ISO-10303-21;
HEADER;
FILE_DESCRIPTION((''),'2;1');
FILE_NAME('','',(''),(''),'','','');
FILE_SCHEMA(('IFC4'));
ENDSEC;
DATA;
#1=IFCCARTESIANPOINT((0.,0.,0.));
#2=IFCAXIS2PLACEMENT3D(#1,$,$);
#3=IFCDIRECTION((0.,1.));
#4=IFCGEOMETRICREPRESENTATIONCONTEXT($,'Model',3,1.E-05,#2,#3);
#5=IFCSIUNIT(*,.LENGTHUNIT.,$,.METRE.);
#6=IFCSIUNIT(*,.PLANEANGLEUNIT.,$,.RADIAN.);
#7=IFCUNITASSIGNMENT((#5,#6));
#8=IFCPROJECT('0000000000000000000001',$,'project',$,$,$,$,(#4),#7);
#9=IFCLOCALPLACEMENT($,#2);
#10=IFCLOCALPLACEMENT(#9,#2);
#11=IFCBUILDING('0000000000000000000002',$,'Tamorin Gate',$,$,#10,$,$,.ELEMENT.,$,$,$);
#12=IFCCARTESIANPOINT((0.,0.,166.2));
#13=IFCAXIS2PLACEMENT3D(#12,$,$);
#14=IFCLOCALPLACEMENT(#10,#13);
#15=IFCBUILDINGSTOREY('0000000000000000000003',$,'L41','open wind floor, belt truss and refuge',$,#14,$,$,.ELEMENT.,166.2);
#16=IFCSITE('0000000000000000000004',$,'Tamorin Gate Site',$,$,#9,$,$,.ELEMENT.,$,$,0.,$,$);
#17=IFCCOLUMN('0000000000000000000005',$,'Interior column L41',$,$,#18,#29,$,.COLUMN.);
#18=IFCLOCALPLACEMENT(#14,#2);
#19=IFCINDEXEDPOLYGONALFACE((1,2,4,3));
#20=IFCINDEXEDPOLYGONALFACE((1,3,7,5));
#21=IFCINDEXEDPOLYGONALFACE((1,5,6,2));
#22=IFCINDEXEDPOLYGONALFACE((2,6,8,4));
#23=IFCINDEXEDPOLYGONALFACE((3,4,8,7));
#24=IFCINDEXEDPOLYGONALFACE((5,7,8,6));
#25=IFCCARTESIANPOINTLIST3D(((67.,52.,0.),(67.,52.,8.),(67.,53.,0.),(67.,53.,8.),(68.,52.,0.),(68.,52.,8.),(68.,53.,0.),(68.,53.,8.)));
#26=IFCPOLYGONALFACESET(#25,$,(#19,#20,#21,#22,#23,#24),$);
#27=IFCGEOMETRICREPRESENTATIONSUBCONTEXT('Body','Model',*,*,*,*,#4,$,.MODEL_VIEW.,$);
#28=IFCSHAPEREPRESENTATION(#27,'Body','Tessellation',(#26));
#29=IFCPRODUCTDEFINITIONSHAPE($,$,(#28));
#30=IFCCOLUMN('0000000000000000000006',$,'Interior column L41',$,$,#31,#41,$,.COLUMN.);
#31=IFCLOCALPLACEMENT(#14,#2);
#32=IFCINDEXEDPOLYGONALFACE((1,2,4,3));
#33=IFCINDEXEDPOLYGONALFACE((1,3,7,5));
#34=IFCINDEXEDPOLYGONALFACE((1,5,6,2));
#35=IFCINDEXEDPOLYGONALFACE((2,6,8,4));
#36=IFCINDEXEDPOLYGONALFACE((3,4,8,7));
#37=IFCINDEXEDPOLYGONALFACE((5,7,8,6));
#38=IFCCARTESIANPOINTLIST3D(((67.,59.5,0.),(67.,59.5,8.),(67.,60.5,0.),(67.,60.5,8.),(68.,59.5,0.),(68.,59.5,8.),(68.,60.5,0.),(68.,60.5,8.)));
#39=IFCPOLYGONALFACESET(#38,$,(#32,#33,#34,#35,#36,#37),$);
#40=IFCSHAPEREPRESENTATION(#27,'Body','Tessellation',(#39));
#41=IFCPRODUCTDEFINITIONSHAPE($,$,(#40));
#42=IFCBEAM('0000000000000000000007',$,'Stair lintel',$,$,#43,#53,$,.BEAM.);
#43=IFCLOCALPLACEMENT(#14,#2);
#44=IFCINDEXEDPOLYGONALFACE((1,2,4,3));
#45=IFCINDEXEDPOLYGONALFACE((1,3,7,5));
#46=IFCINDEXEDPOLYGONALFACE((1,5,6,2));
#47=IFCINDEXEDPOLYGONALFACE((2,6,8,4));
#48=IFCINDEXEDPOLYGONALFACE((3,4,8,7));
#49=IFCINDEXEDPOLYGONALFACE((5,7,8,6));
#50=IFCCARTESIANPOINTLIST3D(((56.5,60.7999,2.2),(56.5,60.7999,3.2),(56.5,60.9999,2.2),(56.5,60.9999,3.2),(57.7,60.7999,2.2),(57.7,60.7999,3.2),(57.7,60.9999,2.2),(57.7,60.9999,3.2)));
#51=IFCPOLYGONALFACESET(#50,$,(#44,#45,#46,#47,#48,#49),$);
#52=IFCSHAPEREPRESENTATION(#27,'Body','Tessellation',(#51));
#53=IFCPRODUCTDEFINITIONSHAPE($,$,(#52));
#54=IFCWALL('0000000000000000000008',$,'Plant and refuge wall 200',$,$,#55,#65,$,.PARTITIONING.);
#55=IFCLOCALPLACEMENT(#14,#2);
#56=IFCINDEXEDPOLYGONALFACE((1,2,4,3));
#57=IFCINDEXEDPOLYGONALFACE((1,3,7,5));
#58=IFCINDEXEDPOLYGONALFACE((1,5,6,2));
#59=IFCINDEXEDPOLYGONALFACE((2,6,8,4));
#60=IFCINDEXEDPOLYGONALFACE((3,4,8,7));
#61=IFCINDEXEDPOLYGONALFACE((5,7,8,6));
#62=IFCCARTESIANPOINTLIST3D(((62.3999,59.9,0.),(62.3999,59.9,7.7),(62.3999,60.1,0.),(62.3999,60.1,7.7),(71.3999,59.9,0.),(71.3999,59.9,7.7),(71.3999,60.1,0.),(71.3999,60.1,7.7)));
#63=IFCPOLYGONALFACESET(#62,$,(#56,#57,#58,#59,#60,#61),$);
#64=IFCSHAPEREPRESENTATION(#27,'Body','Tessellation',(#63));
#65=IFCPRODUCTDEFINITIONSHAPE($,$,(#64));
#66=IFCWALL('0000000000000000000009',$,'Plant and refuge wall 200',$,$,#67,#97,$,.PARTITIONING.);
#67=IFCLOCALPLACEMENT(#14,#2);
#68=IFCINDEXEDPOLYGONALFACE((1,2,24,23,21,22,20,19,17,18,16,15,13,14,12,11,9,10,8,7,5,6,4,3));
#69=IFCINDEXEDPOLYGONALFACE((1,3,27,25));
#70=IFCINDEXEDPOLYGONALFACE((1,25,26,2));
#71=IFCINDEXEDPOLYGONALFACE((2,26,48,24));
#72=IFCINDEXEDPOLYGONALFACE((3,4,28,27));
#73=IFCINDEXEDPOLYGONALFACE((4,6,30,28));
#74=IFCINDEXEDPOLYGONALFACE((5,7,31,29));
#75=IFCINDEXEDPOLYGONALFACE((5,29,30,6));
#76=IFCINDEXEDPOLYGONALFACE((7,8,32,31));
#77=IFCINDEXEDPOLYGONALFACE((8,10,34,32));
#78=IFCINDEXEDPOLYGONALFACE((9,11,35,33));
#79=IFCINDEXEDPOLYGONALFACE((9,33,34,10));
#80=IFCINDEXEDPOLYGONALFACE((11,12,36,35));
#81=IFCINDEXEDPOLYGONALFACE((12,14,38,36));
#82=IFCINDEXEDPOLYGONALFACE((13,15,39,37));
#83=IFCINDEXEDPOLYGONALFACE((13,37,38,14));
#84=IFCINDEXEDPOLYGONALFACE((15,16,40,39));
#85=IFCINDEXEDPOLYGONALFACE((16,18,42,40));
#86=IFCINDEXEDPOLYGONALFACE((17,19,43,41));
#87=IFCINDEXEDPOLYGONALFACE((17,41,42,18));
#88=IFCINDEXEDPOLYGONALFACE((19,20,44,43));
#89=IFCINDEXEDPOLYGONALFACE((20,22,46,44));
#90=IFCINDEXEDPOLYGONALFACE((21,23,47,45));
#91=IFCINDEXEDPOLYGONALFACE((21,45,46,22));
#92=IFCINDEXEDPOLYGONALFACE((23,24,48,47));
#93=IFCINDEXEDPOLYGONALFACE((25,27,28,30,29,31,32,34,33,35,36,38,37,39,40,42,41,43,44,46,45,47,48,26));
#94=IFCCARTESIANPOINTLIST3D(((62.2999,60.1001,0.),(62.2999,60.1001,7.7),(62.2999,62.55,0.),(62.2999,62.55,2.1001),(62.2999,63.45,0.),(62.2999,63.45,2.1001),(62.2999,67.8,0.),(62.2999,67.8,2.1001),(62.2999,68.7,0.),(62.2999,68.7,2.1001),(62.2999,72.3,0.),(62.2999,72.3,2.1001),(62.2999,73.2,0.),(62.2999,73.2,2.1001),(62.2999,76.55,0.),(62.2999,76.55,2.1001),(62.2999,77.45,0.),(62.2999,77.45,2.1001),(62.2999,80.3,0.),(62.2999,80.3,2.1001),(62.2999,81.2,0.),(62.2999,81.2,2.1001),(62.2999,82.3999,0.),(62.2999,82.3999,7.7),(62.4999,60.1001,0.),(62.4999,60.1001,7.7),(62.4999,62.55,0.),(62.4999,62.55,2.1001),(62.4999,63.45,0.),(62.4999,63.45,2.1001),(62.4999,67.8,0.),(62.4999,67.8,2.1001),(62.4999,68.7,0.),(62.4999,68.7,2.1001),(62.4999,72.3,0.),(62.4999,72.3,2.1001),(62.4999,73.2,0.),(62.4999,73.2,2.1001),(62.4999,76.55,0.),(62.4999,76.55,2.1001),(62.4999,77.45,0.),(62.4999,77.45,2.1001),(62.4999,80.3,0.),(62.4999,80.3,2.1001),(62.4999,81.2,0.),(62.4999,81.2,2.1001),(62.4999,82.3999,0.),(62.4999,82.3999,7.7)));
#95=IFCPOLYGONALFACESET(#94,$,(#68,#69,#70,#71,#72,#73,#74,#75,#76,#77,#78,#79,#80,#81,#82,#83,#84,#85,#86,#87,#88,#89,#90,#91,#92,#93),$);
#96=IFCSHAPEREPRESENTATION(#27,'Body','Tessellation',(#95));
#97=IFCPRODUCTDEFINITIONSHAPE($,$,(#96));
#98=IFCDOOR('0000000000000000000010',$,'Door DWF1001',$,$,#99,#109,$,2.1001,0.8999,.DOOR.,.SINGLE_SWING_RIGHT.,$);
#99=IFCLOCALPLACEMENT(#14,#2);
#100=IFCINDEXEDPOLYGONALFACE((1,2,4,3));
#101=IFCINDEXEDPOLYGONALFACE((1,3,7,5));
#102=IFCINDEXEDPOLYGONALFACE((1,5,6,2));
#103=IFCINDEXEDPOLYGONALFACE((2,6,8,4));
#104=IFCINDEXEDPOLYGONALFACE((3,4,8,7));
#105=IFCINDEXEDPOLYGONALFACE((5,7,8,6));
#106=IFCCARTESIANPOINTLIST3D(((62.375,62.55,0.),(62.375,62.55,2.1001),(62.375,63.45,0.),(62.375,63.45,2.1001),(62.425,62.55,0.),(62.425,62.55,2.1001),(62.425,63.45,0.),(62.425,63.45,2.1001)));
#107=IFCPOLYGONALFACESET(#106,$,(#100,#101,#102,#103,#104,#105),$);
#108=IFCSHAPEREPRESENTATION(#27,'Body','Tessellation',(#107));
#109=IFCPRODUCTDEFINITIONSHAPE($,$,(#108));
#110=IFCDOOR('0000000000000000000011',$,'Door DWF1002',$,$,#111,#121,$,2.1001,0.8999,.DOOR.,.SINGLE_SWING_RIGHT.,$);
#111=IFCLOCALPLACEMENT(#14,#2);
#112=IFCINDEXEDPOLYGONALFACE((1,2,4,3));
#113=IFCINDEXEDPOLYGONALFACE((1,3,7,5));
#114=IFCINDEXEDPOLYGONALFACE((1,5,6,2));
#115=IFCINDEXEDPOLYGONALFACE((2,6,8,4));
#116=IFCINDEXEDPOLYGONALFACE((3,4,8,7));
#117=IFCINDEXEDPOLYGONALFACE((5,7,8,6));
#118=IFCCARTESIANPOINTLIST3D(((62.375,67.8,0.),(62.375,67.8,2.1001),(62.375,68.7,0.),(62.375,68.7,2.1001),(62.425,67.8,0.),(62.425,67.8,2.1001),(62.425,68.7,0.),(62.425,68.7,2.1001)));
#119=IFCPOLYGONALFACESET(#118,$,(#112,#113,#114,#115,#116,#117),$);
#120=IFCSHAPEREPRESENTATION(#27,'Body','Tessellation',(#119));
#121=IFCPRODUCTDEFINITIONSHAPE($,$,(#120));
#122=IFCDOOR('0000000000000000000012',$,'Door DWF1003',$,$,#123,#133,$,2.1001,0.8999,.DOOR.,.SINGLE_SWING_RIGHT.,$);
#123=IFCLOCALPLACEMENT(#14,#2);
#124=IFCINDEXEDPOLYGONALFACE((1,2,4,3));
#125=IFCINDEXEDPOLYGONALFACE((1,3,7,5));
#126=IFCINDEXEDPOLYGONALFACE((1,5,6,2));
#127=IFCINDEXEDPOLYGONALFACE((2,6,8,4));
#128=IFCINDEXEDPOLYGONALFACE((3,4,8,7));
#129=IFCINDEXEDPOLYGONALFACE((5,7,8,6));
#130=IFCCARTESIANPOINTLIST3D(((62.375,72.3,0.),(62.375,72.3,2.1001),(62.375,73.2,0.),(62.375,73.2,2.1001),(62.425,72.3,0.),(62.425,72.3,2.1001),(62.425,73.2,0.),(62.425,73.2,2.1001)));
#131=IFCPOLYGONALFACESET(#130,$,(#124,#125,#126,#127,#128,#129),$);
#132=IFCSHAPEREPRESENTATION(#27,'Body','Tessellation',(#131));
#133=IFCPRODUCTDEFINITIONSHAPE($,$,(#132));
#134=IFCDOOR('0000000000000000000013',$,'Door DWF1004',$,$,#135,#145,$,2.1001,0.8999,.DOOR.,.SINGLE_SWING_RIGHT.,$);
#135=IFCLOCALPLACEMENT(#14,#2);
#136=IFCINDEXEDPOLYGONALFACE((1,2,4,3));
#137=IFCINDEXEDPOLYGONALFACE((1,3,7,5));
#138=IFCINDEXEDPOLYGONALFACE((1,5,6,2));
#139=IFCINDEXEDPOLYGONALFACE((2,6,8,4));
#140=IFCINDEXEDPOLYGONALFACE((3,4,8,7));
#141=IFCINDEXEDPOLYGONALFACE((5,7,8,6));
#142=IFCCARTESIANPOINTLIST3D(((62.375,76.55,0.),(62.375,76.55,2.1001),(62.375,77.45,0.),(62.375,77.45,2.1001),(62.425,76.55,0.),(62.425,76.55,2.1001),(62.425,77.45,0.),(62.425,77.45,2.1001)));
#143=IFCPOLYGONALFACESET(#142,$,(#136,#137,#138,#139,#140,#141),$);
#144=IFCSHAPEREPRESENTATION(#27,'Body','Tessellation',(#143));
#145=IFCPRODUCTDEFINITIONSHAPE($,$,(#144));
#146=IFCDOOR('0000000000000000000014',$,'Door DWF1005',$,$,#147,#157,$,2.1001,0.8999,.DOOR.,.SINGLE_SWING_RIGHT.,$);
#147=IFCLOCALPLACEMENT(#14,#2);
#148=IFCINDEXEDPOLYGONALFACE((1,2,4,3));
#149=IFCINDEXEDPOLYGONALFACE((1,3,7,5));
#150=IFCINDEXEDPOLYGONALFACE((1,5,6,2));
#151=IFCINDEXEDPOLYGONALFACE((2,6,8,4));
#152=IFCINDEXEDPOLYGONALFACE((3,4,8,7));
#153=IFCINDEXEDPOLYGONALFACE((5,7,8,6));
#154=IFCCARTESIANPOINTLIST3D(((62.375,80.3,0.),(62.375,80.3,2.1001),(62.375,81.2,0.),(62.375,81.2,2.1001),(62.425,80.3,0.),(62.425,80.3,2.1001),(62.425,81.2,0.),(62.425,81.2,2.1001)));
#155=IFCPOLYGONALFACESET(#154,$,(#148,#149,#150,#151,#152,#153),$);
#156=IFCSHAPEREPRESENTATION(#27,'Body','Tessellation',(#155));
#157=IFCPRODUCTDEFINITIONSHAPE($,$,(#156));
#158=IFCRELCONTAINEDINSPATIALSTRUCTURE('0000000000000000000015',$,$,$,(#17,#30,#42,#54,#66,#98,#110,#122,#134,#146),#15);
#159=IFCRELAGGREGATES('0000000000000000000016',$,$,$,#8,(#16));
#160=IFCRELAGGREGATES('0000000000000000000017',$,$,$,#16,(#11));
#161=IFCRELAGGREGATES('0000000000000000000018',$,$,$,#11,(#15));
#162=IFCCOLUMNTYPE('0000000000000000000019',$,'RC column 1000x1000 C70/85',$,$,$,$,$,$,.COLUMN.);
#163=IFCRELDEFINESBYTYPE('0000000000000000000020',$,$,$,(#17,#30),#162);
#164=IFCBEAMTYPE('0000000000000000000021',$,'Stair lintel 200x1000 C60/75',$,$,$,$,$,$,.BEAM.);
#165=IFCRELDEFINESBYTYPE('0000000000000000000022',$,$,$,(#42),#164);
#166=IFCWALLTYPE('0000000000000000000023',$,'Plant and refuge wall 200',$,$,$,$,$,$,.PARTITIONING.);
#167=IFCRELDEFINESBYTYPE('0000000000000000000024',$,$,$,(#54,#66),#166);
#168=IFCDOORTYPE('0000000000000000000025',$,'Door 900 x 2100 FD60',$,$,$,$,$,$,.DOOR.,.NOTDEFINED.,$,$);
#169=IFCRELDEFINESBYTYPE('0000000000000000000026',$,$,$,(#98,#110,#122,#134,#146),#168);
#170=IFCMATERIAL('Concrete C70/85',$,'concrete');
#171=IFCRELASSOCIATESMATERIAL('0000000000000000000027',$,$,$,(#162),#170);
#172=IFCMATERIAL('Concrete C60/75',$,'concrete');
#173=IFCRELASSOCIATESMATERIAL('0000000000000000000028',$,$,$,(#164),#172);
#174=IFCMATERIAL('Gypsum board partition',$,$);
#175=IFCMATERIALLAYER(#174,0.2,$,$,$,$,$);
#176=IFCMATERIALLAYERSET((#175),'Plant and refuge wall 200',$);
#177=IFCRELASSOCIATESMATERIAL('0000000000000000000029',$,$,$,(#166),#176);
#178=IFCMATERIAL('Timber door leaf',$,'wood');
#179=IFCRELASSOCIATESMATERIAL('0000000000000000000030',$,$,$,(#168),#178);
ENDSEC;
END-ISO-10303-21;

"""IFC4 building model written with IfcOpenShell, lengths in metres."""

from ifc_helpers import new_model, si_unit, direction, frame, frame_2d, origin, origin_2d, place, context, subcontext, project, spatial, rectangle, extrude, material, layer, layer_set, material_profile, profile_set, type_object, element, fill, save


model = new_model("IFC4")

# Units and contexts
model_context = context("Model", 3, precision=1e-05, world=origin(), true_north=direction((0.0, 1.0)))
body_context = subcontext(model_context, "Body", "Model", "MODEL_VIEW")
ifc_project = project(units=[si_unit("LENGTHUNIT", "METRE"), si_unit("PLANEANGLEUNIT", "RADIAN")], contexts=[model_context])

# Site, building, storey
site_placement = place(None, origin())
site = spatial("IfcSite", under=ifc_project, at=site_placement, Name="Tamorin Gate Site", CompositionType="ELEMENT", RefElevation=0.0)
building_placement = place(site_placement, origin())
building = spatial("IfcBuilding", under=site, at=building_placement, Name="Tamorin Gate", CompositionType="ELEMENT")
storey_placement = place(building_placement, frame((0.0, 0.0, 166.2)))
storey = spatial("IfcBuildingStorey", under=building, at=storey_placement, Name="L41", Description="open wind floor, belt truss and refuge", CompositionType="ELEMENT", Elevation=166.2)

# Columns
ifc_material_1 = material(Name="Concrete C70/85", Category="concrete")
ifc_material_profile_1 = material_profile(ifc_material_1, rectangle(XDim=1.0, YDim=1.0, at=origin_2d()), Name="RC 1000x1000")
ifc_profile_set_1 = profile_set([ifc_material_profile_1], Name="Concrete C70/85")
column_type = type_object("IfcColumnType", Name="RC column 1000x1000 C70/85", PredefinedType="COLUMN", material=ifc_profile_set_1)
for number, where, z_axis, x_axis, name in (
    (1, (67.5, 52.5, 0.0), (0.0, 0.0, 1.0), (1.0, 0.0, 0.0), "Interior column L41"),
    (2, (67.5, 60.0, 0.0), (0.0, 0.0, 1.0), (1.0, 0.0, 0.0), "Interior column L41"),
):
    element("IfcColumn", number, at=place(storey_placement, frame(where, z_axis=z_axis, x_axis=x_axis)), inside=storey, type_object=column_type, Name=name, PredefinedType="COLUMN", context=body_context, shape_type="SweptSolid", body=[
        extrude(rectangle(XDim=1.0, YDim=1.0, at=origin_2d()), origin(), (0.0, 0.0, 1.0), 8.0),
    ])

# Beam
ifc_material_2 = material(Name="Concrete C60/75", Category="concrete")
ifc_material_profile_2 = material_profile(ifc_material_2, rectangle(XDim=0.2, YDim=1.0, at=origin_2d()))
ifc_profile_set_2 = profile_set([ifc_material_profile_2], Name="Concrete C60/75")
beam_type = type_object("IfcBeamType", Name="Stair lintel 200x1000 C60/75", PredefinedType="BEAM", material=ifc_profile_set_2)
beam_placement = place(storey_placement, frame((56.5, 60.8999, 2.7), z_axis=(1.0, 0.0, 0.0), x_axis=(0.0, 1.0, 0.0)))
element("IfcBeam", 3, at=beam_placement, inside=storey, type_object=beam_type, Name="Stair lintel", PredefinedType="BEAM", context=body_context, shape_type="SweptSolid", body=[
    extrude(rectangle(XDim=0.2, YDim=1.0, at=origin_2d()), origin(), (0.0, 0.0, 1.0), 1.2),
])

# Wall
ifc_material_3 = material(Name="Gypsum board partition")
ifc_layer_1 = layer(ifc_material_3, 0.2)
ifc_layer_set_1 = layer_set([ifc_layer_1], Name="Plant and refuge wall 200")
wall_type_1 = type_object("IfcWallType", Name="Plant and refuge wall 200", PredefinedType="PARTITIONING", material=ifc_layer_set_1)
wall_1_placement = place(storey_placement, frame((62.3999, 60.0, 0.0), z_axis=(0.0, 0.0, 1.0), x_axis=(1.0, 0.0, 0.0)))
element("IfcWall", 4, at=wall_1_placement, inside=storey, type_object=wall_type_1, Name="Plant and refuge wall 200", PredefinedType="PARTITIONING", context=body_context, shape_type="SweptSolid", body=[
    extrude(rectangle(XDim=9.0, YDim=0.2, at=frame_2d((4.5, 0.0))), origin(), (0.0, 0.0, 1.0), 7.7),
])

# Wall, openings, doors
wall_2_placement = place(storey_placement, frame((62.3999, 60.1001, 0.0), z_axis=(0.0, 0.0, 1.0), x_axis=(0.0, 1.0, 0.0)))
wall_2 = element("IfcWall", 5, at=wall_2_placement, inside=storey, type_object=wall_type_1, Name="Plant and refuge wall 200", PredefinedType="PARTITIONING", context=body_context, shape_type="SweptSolid", body=[
    extrude(rectangle(XDim=22.2998, YDim=0.2, at=frame_2d((11.1499, 0.0))), origin(), (0.0, 0.0, 1.0), 7.7),
])
opening_1_placement = place(wall_2_placement, frame((2.45, 0.0, 0.0)))
opening_1 = element("IfcOpeningElement", 6, at=opening_1_placement, cuts=wall_2, PredefinedType="OPENING", context=body_context, shape_type="SweptSolid", body=[
    extrude(rectangle(XDim=0.8999, YDim=2.1001, at=frame_2d((0.45, 1.05))), frame((0.0, 0.1099, 0.0), z_axis=(0.0, -1.0, 0.0), x_axis=(1.0, 0.0, 0.0)), (0.0, 0.0, 1.0), 0.22),
])
opening_2_placement = place(wall_2_placement, frame((7.7, 0.0, 0.0)))
opening_2 = element("IfcOpeningElement", 7, at=opening_2_placement, cuts=wall_2, PredefinedType="OPENING", context=body_context, shape_type="SweptSolid", body=[
    extrude(rectangle(XDim=0.8999, YDim=2.1001, at=frame_2d((0.45, 1.05))), frame((0.0, 0.1099, 0.0), z_axis=(0.0, -1.0, 0.0), x_axis=(1.0, 0.0, 0.0)), (0.0, 0.0, 1.0), 0.22),
])
opening_3_placement = place(wall_2_placement, frame((12.2, 0.0, 0.0)))
opening_3 = element("IfcOpeningElement", 8, at=opening_3_placement, cuts=wall_2, PredefinedType="OPENING", context=body_context, shape_type="SweptSolid", body=[
    extrude(rectangle(XDim=0.8999, YDim=2.1001, at=frame_2d((0.45, 1.05))), frame((0.0, 0.1099, 0.0), z_axis=(0.0, -1.0, 0.0), x_axis=(1.0, 0.0, 0.0)), (0.0, 0.0, 1.0), 0.22),
])
opening_4_placement = place(wall_2_placement, frame((16.45, 0.0, 0.0)))
opening_4 = element("IfcOpeningElement", 9, at=opening_4_placement, cuts=wall_2, PredefinedType="OPENING", context=body_context, shape_type="SweptSolid", body=[
    extrude(rectangle(XDim=0.8999, YDim=2.1001, at=frame_2d((0.45, 1.05))), frame((0.0, 0.1099, 0.0), z_axis=(0.0, -1.0, 0.0), x_axis=(1.0, 0.0, 0.0)), (0.0, 0.0, 1.0), 0.22),
])
opening_5_placement = place(wall_2_placement, frame((20.2, 0.0, 0.0)))
opening_5 = element("IfcOpeningElement", 10, at=opening_5_placement, cuts=wall_2, PredefinedType="OPENING", context=body_context, shape_type="SweptSolid", body=[
    extrude(rectangle(XDim=0.8999, YDim=2.1001, at=frame_2d((0.45, 1.05))), frame((0.0, 0.1099, 0.0), z_axis=(0.0, -1.0, 0.0), x_axis=(1.0, 0.0, 0.0)), (0.0, 0.0, 1.0), 0.22),
])
ifc_material_4 = material(Name="Timber door leaf", Category="wood")
door_type_1 = type_object("IfcDoorType", Name="Door 900 x 2100 FD60", OperationType="NOTDEFINED", PredefinedType="DOOR", material=ifc_material_4)
door_1_placement = place(opening_1_placement, origin())
door_1 = element("IfcDoor", 11, at=door_1_placement, inside=storey, type_object=door_type_1, Name="Door DWF1001", OperationType="SINGLE_SWING_RIGHT", OverallHeight=2.1001, OverallWidth=0.8999, PredefinedType="DOOR", context=body_context, shape_type="SweptSolid", body=[
    extrude(rectangle(XDim=0.8999, YDim=2.1001, at=frame_2d((0.45, 1.05))), frame((0.0, 0.0249, 0.0), z_axis=(0.0, -1.0, 0.0), x_axis=(1.0, 0.0, 0.0)), (0.0, 0.0, 1.0), 0.05),
])
fill(opening_1, door_1)
door_2_placement = place(opening_2_placement, origin())
door_2 = element("IfcDoor", 12, at=door_2_placement, inside=storey, type_object=door_type_1, Name="Door DWF1002", OperationType="SINGLE_SWING_RIGHT", OverallHeight=2.1001, OverallWidth=0.8999, PredefinedType="DOOR", context=body_context, shape_type="SweptSolid", body=[
    extrude(rectangle(XDim=0.8999, YDim=2.1001, at=frame_2d((0.45, 1.05))), frame((0.0, 0.0249, 0.0), z_axis=(0.0, -1.0, 0.0), x_axis=(1.0, 0.0, 0.0)), (0.0, 0.0, 1.0), 0.05),
])
fill(opening_2, door_2)
door_3_placement = place(opening_3_placement, origin())
door_3 = element("IfcDoor", 13, at=door_3_placement, inside=storey, type_object=door_type_1, Name="Door DWF1003", OperationType="SINGLE_SWING_RIGHT", OverallHeight=2.1001, OverallWidth=0.8999, PredefinedType="DOOR", context=body_context, shape_type="SweptSolid", body=[
    extrude(rectangle(XDim=0.8999, YDim=2.1001, at=frame_2d((0.45, 1.05))), frame((0.0, 0.0249, 0.0), z_axis=(0.0, -1.0, 0.0), x_axis=(1.0, 0.0, 0.0)), (0.0, 0.0, 1.0), 0.05),
])
fill(opening_3, door_3)
door_4_placement = place(opening_4_placement, origin())
door_4 = element("IfcDoor", 14, at=door_4_placement, inside=storey, type_object=door_type_1, Name="Door DWF1004", OperationType="SINGLE_SWING_RIGHT", OverallHeight=2.1001, OverallWidth=0.8999, PredefinedType="DOOR", context=body_context, shape_type="SweptSolid", body=[
    extrude(rectangle(XDim=0.8999, YDim=2.1001, at=frame_2d((0.45, 1.05))), frame((0.0, 0.0249, 0.0), z_axis=(0.0, -1.0, 0.0), x_axis=(1.0, 0.0, 0.0)), (0.0, 0.0, 1.0), 0.05),
])
fill(opening_4, door_4)
door_5_placement = place(opening_5_placement, origin())
door_5 = element("IfcDoor", 15, at=door_5_placement, inside=storey, type_object=door_type_1, Name="Door DWF1005", OperationType="SINGLE_SWING_RIGHT", OverallHeight=2.1001, OverallWidth=0.8999, PredefinedType="DOOR", context=body_context, shape_type="SweptSolid", body=[
    extrude(rectangle(XDim=0.8999, YDim=2.1001, at=frame_2d((0.45, 1.05))), frame((0.0, 0.0249, 0.0), z_axis=(0.0, -1.0, 0.0), x_axis=(1.0, 0.0, 0.0)), (0.0, 0.0, 1.0), 0.05),
])
fill(opening_5, door_5)

save(model, "model.ifc")
